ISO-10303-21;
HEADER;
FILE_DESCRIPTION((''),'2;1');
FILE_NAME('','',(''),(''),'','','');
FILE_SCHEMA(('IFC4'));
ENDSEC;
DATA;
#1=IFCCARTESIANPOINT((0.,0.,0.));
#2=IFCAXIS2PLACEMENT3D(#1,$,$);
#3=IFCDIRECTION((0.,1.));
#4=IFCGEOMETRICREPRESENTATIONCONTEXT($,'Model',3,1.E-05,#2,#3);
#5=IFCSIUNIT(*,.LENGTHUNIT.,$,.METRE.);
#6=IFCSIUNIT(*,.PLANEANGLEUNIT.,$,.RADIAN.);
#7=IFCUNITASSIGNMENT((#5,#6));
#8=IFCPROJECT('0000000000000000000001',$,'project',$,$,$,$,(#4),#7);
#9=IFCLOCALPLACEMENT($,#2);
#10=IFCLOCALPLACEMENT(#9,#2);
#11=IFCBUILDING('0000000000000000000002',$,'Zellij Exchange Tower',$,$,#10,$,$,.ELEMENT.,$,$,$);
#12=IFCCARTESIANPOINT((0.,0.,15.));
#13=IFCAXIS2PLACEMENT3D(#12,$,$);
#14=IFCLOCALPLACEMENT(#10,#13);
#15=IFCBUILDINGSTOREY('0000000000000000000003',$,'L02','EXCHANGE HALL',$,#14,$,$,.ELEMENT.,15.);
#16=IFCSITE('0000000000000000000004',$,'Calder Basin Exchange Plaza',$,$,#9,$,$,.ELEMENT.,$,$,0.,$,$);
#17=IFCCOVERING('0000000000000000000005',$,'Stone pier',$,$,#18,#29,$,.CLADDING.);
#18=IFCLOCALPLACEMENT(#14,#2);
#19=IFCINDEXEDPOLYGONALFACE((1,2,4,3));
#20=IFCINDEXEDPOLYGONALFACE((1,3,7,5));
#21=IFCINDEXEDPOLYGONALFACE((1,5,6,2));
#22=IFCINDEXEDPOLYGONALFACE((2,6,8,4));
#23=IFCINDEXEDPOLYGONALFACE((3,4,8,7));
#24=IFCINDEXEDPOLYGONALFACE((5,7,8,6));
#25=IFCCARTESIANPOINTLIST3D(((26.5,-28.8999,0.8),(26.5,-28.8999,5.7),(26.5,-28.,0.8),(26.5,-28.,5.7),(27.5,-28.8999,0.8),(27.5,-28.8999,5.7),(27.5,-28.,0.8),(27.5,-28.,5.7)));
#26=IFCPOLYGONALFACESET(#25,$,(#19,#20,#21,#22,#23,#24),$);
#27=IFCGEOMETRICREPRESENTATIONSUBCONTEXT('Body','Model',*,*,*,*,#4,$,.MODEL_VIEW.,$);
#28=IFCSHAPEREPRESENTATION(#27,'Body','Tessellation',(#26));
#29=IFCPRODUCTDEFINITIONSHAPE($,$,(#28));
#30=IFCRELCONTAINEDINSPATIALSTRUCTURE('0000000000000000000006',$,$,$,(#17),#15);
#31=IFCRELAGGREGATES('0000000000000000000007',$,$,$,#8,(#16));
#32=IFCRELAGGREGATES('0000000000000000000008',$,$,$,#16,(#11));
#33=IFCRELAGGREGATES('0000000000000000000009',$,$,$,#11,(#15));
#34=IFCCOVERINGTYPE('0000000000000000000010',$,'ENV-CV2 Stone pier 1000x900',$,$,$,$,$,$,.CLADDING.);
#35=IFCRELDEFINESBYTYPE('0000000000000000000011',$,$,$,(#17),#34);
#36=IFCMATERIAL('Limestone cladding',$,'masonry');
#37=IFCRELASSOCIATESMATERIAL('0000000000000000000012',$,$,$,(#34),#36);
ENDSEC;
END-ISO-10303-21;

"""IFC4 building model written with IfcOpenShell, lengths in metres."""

from ifc_helpers import new_model, si_unit, direction, frame, origin, place, context, subcontext, project, spatial, polyline, outline, extrude, material, type_object, element, save


model = new_model("IFC4")

# Units and contexts
model_context = context("Model", 3, precision=1e-05, world=origin(), true_north=direction((0.0, 1.0)))
body_context = subcontext(model_context, "Body", "Model", "MODEL_VIEW")
ifc_project = project(units=[si_unit("LENGTHUNIT", "METRE"), si_unit("PLANEANGLEUNIT", "RADIAN")], contexts=[model_context])

# Site, building, storey
site_placement = place(None, origin())
site = spatial("IfcSite", under=ifc_project, at=site_placement, Name="Calder Basin Exchange Plaza", CompositionType="ELEMENT", RefElevation=0.0)
building_placement = place(site_placement, origin())
building = spatial("IfcBuilding", under=site, at=building_placement, Name="Zellij Exchange Tower", CompositionType="ELEMENT")
storey_placement = place(building_placement, frame((0.0, 0.0, 15.0)))
storey = spatial("IfcBuildingStorey", under=building, at=storey_placement, Name="L02", Description="EXCHANGE HALL", CompositionType="ELEMENT", Elevation=15.0)

# Covering
ifc_material_1 = material(Name="Limestone cladding", Category="masonry")
covering_type = type_object("IfcCoveringType", Name="ENV-CV2 Stone pier 1000x900", PredefinedType="CLADDING", material=ifc_material_1)
covering_1_placement = place(storey_placement, frame((0.0, 0.0, 0.8)))
element("IfcCovering", 1, at=covering_1_placement, inside=storey, type_object=covering_type, Name="Stone pier", PredefinedType="CLADDING", context=body_context, shape_type="SweptSolid", body=[
    extrude(outline(polyline([(26.5, -28.0), (27.5, -28.0), (27.5, -28.8999), (26.5, -28.8999), (26.5, -28.0)])), origin(), (0.0, 0.0, 1.0), 4.8999),
])

save(model, "model.ifc")
